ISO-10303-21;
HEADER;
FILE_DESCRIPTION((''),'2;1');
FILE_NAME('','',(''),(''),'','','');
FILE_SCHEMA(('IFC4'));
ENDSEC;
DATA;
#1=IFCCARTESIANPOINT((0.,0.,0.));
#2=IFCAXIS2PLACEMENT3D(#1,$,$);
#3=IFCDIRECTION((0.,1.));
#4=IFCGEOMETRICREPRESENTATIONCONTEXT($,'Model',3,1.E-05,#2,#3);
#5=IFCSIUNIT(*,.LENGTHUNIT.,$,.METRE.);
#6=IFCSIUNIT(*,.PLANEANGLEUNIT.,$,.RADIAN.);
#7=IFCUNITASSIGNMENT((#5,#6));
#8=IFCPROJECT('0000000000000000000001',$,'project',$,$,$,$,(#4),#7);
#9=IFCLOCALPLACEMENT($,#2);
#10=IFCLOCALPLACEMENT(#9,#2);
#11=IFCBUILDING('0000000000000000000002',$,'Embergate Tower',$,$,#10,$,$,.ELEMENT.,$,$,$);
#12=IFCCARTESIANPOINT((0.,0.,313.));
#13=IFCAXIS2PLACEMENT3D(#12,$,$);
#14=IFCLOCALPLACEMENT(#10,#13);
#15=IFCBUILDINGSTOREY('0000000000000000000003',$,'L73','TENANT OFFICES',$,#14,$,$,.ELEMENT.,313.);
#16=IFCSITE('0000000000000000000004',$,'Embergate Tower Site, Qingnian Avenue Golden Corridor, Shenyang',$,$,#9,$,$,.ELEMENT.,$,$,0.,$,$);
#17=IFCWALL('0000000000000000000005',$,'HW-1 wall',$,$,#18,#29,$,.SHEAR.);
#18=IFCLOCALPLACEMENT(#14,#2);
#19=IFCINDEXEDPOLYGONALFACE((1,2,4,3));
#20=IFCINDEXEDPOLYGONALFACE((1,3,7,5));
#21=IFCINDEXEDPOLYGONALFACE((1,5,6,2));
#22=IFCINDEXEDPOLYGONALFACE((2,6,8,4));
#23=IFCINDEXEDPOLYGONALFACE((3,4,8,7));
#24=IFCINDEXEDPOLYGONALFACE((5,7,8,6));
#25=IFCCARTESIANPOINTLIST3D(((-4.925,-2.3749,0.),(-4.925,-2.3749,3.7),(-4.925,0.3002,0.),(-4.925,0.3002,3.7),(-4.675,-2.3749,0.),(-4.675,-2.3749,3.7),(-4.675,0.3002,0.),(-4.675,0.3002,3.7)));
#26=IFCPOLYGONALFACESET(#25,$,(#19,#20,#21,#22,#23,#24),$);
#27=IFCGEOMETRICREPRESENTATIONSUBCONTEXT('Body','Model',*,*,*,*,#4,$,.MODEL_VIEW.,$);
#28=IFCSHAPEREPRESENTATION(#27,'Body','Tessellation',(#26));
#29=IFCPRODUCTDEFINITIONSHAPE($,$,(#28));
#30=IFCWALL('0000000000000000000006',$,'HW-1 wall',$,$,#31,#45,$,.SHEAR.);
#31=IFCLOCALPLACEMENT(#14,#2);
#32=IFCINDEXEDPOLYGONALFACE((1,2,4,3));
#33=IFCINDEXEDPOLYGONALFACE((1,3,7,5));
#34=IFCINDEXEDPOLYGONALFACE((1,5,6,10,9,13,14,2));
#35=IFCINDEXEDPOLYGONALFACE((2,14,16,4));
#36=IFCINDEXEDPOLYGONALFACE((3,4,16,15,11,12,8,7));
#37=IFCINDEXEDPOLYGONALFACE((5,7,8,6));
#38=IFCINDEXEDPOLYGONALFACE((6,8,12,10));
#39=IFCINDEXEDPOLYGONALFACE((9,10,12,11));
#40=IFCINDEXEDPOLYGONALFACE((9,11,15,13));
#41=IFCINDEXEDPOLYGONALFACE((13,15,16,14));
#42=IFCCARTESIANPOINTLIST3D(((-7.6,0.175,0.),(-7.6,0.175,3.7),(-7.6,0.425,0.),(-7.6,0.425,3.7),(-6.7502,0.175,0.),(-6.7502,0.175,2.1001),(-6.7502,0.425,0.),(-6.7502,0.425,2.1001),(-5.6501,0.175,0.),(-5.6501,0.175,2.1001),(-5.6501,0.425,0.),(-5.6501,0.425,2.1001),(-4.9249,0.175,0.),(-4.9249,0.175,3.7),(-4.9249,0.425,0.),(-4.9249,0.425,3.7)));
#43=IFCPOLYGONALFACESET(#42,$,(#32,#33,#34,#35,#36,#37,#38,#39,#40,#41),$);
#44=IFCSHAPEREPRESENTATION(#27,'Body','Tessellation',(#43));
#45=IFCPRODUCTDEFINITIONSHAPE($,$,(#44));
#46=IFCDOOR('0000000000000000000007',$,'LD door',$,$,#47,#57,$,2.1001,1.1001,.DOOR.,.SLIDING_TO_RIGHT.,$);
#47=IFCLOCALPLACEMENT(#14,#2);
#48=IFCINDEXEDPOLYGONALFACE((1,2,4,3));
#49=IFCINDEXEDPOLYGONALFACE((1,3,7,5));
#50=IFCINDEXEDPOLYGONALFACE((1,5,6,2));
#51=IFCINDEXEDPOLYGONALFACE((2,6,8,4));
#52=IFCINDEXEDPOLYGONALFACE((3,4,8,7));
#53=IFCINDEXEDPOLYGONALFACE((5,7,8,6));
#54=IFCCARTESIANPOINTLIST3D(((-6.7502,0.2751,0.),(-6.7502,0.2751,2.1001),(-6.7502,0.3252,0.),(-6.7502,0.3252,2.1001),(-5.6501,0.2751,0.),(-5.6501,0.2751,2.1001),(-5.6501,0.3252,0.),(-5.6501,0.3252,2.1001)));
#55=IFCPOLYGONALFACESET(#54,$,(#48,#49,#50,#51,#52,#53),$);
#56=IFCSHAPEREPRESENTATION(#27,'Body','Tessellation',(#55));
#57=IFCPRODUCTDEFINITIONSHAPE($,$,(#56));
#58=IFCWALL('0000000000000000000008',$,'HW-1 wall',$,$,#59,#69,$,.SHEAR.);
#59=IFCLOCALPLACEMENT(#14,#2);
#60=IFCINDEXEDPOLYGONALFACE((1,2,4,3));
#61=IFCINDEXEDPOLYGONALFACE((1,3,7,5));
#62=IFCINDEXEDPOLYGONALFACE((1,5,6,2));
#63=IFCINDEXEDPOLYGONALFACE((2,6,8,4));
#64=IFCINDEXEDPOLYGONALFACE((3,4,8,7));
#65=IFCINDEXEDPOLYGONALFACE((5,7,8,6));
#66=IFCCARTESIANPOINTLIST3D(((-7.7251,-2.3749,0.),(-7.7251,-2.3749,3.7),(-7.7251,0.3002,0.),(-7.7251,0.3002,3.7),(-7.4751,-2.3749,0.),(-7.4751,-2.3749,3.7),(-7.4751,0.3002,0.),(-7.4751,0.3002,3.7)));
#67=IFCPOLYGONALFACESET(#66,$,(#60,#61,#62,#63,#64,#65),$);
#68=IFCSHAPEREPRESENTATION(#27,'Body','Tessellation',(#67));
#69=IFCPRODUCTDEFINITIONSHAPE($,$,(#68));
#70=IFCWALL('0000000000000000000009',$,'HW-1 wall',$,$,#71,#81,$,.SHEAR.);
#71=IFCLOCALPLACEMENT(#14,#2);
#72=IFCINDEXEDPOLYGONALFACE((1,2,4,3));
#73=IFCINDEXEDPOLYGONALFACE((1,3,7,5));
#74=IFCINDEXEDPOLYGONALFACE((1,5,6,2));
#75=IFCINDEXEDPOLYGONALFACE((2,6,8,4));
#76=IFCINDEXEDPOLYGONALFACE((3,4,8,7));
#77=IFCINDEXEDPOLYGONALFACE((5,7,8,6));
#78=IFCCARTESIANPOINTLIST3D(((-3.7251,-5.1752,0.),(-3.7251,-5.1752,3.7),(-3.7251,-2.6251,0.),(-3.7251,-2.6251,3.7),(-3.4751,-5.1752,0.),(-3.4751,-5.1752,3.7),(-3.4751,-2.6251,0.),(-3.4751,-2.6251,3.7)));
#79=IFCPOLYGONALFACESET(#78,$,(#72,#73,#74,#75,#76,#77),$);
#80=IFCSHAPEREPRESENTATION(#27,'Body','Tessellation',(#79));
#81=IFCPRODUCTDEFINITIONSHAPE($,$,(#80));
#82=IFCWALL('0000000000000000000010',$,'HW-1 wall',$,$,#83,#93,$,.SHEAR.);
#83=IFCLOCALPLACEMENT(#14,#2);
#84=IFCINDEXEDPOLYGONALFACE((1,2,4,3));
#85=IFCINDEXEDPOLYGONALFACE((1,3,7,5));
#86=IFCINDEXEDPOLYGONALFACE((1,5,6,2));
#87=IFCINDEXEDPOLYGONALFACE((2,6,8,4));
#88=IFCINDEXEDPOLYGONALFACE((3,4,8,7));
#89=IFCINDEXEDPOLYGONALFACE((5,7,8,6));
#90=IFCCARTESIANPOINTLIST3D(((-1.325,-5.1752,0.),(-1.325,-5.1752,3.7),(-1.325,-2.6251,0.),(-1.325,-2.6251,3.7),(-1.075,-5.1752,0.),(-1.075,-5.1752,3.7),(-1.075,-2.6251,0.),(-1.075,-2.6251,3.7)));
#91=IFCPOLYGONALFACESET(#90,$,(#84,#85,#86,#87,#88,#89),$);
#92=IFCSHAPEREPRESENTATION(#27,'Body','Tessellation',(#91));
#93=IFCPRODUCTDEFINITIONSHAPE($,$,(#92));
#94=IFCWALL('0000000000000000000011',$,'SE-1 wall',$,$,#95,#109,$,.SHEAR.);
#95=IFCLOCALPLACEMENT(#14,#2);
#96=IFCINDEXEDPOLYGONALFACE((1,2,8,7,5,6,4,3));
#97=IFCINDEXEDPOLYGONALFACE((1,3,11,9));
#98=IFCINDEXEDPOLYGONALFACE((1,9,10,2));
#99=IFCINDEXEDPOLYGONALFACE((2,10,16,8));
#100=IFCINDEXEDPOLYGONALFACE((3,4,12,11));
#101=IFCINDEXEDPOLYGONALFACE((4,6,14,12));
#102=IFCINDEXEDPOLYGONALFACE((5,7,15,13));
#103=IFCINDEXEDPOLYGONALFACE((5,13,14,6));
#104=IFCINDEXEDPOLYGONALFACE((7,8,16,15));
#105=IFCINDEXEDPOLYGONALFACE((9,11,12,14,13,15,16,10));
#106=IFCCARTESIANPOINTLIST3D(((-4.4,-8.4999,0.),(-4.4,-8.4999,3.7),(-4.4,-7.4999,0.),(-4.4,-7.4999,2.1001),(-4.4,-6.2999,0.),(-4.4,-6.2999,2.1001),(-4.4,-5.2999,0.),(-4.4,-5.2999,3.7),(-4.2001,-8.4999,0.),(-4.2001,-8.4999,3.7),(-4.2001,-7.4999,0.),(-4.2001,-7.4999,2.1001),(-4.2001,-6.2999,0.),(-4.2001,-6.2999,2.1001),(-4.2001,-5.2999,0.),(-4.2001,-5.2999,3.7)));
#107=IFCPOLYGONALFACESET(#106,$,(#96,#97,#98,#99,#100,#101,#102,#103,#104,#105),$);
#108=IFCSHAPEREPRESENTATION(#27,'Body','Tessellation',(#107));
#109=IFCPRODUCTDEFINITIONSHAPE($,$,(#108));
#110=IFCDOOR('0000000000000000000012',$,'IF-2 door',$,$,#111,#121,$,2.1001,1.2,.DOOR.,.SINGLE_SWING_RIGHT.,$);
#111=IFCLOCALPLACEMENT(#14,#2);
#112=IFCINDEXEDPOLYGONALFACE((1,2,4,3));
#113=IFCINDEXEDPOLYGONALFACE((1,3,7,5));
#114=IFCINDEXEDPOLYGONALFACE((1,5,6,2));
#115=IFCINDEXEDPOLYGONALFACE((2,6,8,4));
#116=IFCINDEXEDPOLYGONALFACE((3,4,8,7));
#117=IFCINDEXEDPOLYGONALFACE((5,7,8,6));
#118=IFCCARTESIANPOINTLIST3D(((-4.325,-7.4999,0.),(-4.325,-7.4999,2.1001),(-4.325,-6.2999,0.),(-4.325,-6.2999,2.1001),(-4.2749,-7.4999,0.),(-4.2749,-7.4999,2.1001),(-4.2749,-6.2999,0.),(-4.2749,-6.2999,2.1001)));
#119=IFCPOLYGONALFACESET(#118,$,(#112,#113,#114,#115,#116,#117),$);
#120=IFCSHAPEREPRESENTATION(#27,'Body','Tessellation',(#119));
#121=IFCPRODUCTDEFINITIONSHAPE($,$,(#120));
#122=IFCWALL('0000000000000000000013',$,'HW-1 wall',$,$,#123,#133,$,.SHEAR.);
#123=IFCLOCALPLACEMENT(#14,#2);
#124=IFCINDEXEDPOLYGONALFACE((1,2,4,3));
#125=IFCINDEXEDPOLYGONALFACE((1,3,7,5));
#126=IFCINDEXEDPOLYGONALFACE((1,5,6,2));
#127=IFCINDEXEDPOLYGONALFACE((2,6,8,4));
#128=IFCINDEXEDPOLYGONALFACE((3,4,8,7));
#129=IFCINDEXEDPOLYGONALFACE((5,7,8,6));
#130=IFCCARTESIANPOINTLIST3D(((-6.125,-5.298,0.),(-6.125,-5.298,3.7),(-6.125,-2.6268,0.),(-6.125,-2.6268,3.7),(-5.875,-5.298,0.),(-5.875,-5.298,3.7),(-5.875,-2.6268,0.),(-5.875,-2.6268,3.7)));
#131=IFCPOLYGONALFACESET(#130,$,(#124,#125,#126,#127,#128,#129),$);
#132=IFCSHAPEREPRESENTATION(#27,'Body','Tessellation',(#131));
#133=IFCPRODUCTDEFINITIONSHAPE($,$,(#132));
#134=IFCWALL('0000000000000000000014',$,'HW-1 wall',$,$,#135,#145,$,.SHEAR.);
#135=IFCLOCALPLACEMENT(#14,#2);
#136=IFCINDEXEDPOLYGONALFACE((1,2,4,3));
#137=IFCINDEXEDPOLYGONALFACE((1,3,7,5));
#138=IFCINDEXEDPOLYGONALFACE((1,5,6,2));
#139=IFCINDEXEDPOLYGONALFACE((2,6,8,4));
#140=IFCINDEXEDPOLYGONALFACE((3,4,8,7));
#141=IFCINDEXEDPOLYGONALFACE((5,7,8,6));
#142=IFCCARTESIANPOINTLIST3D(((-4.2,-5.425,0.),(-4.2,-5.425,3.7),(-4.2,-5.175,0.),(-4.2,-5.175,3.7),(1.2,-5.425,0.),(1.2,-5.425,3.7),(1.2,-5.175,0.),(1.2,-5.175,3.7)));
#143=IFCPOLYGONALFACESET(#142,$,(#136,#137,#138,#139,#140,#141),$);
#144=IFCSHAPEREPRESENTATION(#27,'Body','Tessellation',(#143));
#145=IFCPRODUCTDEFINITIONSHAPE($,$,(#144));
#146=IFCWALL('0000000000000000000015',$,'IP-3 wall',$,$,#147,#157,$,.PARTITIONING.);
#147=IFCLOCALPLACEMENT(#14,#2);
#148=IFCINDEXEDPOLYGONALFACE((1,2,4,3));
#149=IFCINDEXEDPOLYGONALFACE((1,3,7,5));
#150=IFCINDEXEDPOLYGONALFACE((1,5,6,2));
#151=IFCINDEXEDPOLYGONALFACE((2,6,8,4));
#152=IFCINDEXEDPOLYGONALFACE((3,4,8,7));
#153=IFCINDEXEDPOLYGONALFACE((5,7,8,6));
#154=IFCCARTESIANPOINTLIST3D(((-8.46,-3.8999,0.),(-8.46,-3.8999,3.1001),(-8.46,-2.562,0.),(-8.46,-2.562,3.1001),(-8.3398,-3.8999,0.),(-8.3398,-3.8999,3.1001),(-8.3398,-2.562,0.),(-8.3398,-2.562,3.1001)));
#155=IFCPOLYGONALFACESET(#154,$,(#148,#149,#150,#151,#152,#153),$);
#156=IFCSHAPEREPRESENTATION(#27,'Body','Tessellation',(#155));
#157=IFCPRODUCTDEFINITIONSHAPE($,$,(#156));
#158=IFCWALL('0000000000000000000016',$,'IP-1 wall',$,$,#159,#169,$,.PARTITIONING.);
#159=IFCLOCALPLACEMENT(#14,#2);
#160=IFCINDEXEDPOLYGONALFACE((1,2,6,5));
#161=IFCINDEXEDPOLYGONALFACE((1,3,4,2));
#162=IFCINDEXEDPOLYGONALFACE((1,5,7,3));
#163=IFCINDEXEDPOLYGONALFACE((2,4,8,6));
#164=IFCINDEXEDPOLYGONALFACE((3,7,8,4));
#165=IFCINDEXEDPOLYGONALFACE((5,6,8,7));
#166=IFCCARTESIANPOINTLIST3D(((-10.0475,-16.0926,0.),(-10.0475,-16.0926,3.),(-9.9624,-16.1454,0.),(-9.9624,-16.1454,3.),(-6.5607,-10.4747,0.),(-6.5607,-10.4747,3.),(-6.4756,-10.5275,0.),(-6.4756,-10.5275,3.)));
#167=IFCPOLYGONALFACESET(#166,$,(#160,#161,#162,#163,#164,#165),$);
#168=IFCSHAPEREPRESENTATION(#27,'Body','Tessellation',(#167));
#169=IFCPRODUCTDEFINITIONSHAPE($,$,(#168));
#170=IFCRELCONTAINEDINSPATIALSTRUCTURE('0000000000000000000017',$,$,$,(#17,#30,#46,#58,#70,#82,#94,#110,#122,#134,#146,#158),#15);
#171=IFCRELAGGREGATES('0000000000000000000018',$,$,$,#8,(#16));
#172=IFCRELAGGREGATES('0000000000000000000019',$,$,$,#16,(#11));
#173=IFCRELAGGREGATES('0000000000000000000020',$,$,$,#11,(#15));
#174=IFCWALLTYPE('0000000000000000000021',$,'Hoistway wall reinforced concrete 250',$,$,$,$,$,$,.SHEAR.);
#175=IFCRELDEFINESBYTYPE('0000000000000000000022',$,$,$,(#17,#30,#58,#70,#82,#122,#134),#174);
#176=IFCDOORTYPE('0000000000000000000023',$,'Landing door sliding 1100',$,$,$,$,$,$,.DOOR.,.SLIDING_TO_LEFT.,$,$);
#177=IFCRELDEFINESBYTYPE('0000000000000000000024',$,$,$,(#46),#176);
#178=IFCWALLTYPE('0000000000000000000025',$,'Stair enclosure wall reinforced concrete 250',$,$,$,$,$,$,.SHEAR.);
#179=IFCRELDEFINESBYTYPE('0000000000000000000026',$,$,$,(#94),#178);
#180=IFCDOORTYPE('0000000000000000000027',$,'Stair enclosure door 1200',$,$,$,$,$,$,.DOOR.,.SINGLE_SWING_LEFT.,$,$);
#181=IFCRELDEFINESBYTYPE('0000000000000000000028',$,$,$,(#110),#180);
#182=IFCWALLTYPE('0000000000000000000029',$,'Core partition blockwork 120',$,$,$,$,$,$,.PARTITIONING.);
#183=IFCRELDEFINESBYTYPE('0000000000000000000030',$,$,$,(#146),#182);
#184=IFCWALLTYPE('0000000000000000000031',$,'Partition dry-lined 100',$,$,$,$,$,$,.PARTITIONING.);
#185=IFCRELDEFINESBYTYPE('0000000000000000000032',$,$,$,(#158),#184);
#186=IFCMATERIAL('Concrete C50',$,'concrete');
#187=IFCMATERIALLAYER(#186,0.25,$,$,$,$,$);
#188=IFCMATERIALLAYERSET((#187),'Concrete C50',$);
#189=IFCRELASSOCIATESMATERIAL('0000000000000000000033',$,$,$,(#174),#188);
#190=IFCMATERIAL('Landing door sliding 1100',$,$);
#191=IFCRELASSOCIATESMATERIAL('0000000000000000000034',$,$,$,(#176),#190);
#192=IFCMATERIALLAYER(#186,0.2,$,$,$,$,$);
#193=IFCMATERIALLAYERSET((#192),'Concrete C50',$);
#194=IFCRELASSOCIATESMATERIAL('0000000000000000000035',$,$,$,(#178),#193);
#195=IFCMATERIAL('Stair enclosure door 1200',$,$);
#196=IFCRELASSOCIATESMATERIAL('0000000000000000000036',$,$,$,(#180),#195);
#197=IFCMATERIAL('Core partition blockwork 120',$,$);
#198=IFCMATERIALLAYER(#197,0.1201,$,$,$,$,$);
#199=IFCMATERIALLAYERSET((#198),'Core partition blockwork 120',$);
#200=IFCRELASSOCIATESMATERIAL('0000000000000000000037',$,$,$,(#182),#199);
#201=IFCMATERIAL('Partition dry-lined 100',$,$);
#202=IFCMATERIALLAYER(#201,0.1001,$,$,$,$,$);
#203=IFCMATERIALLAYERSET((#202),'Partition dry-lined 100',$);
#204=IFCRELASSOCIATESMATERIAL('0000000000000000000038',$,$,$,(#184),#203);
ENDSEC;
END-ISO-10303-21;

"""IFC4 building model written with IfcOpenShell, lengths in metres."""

from ifc_helpers import new_model, si_unit, direction, frame, frame_2d, origin, place, context, subcontext, project, spatial, rectangle, extrude, source, transform, mapped, material, layer, layer_set, type_object, element, fill, save


model = new_model("IFC4")

# Units and contexts
model_context = context("Model", 3, precision=1e-05, world=origin(), true_north=direction((0.0, 1.0)))
body_context = subcontext(model_context, "Body", "Model", "MODEL_VIEW")
ifc_project = project(units=[si_unit("LENGTHUNIT", "METRE"), si_unit("PLANEANGLEUNIT", "RADIAN")], contexts=[model_context])

# Site, building, storey
site_placement = place(None, origin())
site = spatial("IfcSite", under=ifc_project, at=site_placement, Name="Embergate Tower Site, Qingnian Avenue Golden Corridor, Shenyang", CompositionType="ELEMENT", RefElevation=0.0)
building_placement = place(site_placement, origin())
building = spatial("IfcBuilding", under=site, at=building_placement, Name="Embergate Tower", CompositionType="ELEMENT")
storey_placement = place(building_placement, frame((0.0, 0.0, 313.0)))
storey = spatial("IfcBuildingStorey", under=building, at=storey_placement, Name="L73", Description="TENANT OFFICES", CompositionType="ELEMENT", Elevation=313.0)

# Wall
ifc_material_1 = material(Name="Concrete C50", Category="concrete")
ifc_layer_1 = layer(ifc_material_1, 0.25)
ifc_layer_set_1 = layer_set([ifc_layer_1], Name="Concrete C50")
wall_type_1 = type_object("IfcWallType", Name="Hoistway wall reinforced concrete 250", PredefinedType="SHEAR", material=ifc_layer_set_1)
shared_shape_1 = source(origin(), body_context, "Body", "SweptSolid", [
    extrude(rectangle(XDim=2.675, YDim=0.25, at=frame_2d((1.3374, 0.0))), origin(), (0.0, 0.0, 1.0), 3.7),
])
wall_1_placement = place(storey_placement, frame((-4.8, 0.3, 0.0), z_axis=(0.0, 0.0, 1.0), x_axis=(0.0, -1.0, 0.0)))
element("IfcWall", 1, at=wall_1_placement, inside=storey, type_object=wall_type_1, Name="HW-1 wall", PredefinedType="SHEAR", context=body_context, shape_type="MappedRepresentation", body=[
    mapped(shared_shape_1, transform((0.0, 0.0, 0.0))),
])

# Wall, opening, door
wall_2_placement = place(storey_placement, frame((-4.925, 0.3, 0.0), z_axis=(0.0, 0.0, 1.0), x_axis=(-1.0, 0.0, 0.0)))
wall_2 = element("IfcWall", 2, at=wall_2_placement, inside=storey, type_object=wall_type_1, Name="HW-1 wall", PredefinedType="SHEAR", context=body_context, shape_type="MappedRepresentation", body=[
    mapped(shared_shape_1, transform((0.0, 0.0, 0.0))),
])
shared_shape_2 = source(origin(), body_context, "Body", "SweptSolid", [
    extrude(rectangle(XDim=1.1001, YDim=2.1001, at=frame_2d((0.55, 1.05))), frame((0.0, 0.135, 0.0), z_axis=(0.0, -1.0, 0.0), x_axis=(1.0, 0.0, 0.0)), (0.0, 0.0, 1.0), 0.27),
])
opening_1_placement = place(wall_2_placement, frame((0.7251, 0.0, 0.0)))
opening_1 = element("IfcOpeningElement", 3, at=opening_1_placement, cuts=wall_2, PredefinedType="OPENING", context=body_context, shape_type="MappedRepresentation", body=[
    mapped(shared_shape_2, transform((0.0, 0.0, 0.0))),
])
ifc_material_2 = material(Name="Landing door sliding 1100")
door_type_1 = type_object("IfcDoorType", Name="Landing door sliding 1100", OperationType="SLIDING_TO_LEFT", PredefinedType="DOOR", material=ifc_material_2)
shared_shape_3 = source(origin(), body_context, "Body", "SweptSolid", [
    extrude(rectangle(XDim=1.1001, YDim=2.1001, at=frame_2d((0.55, 1.05))), frame((0.0, 0.0249, 0.0), z_axis=(0.0, -1.0, 0.0), x_axis=(1.0, 0.0, 0.0)), (0.0, 0.0, 1.0), 0.05),
])
door_1_placement = place(opening_1_placement, origin())
door_1 = element("IfcDoor", 4, at=door_1_placement, inside=storey, type_object=door_type_1, Name="LD door", OperationType="SLIDING_TO_RIGHT", OverallHeight=2.1001, OverallWidth=1.1001, PredefinedType="DOOR", context=body_context, shape_type="MappedRepresentation", body=[
    mapped(shared_shape_3, transform((0.0, 0.0, 0.0))),
])
fill(opening_1, door_1)

# Walls
wall_3_placement = place(storey_placement, frame((-7.6001, 0.3, 0.0), z_axis=(0.0, 0.0, 1.0), x_axis=(0.0, -1.0, 0.0)))
element("IfcWall", 5, at=wall_3_placement, inside=storey, type_object=wall_type_1, Name="HW-1 wall", PredefinedType="SHEAR", context=body_context, shape_type="MappedRepresentation", body=[
    mapped(shared_shape_1, transform((0.0, 0.0, 0.0))),
])
shared_shape_4 = source(origin(), body_context, "Body", "SweptSolid", [
    extrude(rectangle(XDim=2.55, YDim=0.25, at=frame_2d((1.2749, 0.0))), origin(), (0.0, 0.0, 1.0), 3.7),
])
for number, where, z_axis, x_axis, name in (
    (6, (-3.6001, -5.175, 0.0), (0.0, 0.0, 1.0), (0.0, 1.0, 0.0), "HW-1 wall"),
    (7, (-1.2, -5.175, 0.0), (0.0, 0.0, 1.0), (0.0, 1.0, 0.0), "HW-1 wall"),
):
    element("IfcWall", number, at=place(storey_placement, frame(where, z_axis=z_axis, x_axis=x_axis)), inside=storey, type_object=wall_type_1, Name=name, PredefinedType="SHEAR", context=body_context, shape_type="MappedRepresentation", body=[
        mapped(shared_shape_4, transform((0.0, 0.0, 0.0))),
    ])

# Wall, opening, door
ifc_layer_2 = layer(ifc_material_1, 0.2)
ifc_layer_set_2 = layer_set([ifc_layer_2], Name="Concrete C50")
wall_type_2 = type_object("IfcWallType", Name="Stair enclosure wall reinforced concrete 250", PredefinedType="SHEAR", material=ifc_layer_set_2)
shared_shape_5 = source(origin(), body_context, "Body", "SweptSolid", [
    extrude(rectangle(XDim=3.2, YDim=0.2, at=frame_2d((1.6001, 0.0))), origin(), (0.0, 0.0, 1.0), 3.7),
])
wall_4_placement = place(storey_placement, frame((-4.3, -8.5, 0.0), z_axis=(0.0, 0.0, 1.0), x_axis=(0.0, 1.0, 0.0)))
wall_4 = element("IfcWall", 8, at=wall_4_placement, inside=storey, type_object=wall_type_2, Name="SE-1 wall", PredefinedType="SHEAR", context=body_context, shape_type="MappedRepresentation", body=[
    mapped(shared_shape_5, transform((0.0, 0.0, 0.0))),
])
shared_shape_6 = source(origin(), body_context, "Body", "SweptSolid", [
    extrude(rectangle(XDim=1.2, YDim=2.1001, at=frame_2d((0.6001, 1.05))), frame((0.0, 0.1099, 0.0), z_axis=(0.0, -1.0, 0.0), x_axis=(1.0, 0.0, 0.0)), (0.0, 0.0, 1.0), 0.22),
])
opening_2_placement = place(wall_4_placement, frame((1.0, 0.0, 0.0)))
opening_2 = element("IfcOpeningElement", 9, at=opening_2_placement, cuts=wall_4, PredefinedType="OPENING", context=body_context, shape_type="MappedRepresentation", body=[
    mapped(shared_shape_6, transform((0.0, 0.0, 0.0))),
])
ifc_material_3 = material(Name="Stair enclosure door 1200")
door_type_2 = type_object("IfcDoorType", Name="Stair enclosure door 1200", OperationType="SINGLE_SWING_LEFT", PredefinedType="DOOR", material=ifc_material_3)
shared_shape_7 = source(origin(), body_context, "Body", "SweptSolid", [
    extrude(rectangle(XDim=1.2, YDim=2.1001, at=frame_2d((0.6001, 1.05))), frame((0.0, 0.0249, 0.0), z_axis=(0.0, -1.0, 0.0), x_axis=(1.0, 0.0, 0.0)), (0.0, 0.0, 1.0), 0.05),
])
door_2_placement = place(opening_2_placement, origin())
door_2 = element("IfcDoor", 10, at=door_2_placement, inside=storey, type_object=door_type_2, Name="IF-2 door", OperationType="SINGLE_SWING_RIGHT", OverallHeight=2.1001, OverallWidth=1.2, PredefinedType="DOOR", context=body_context, shape_type="MappedRepresentation", body=[
    mapped(shared_shape_7, transform((0.0, 0.0, 0.0))),
])
fill(opening_2, door_2)

# Walls
shared_shape_8 = source(origin(), body_context, "Body", "SweptSolid", [
    extrude(rectangle(XDim=2.6711, YDim=0.25, at=frame_2d((1.3354, 0.0))), origin(), (0.0, 0.0, 1.0), 3.7),
])
wall_5_placement = place(storey_placement, frame((-6.0, -2.627, 0.0), z_axis=(0.0, 0.0, 1.0), x_axis=(0.0, -1.0, 0.0)))
element("IfcWall", 11, at=wall_5_placement, inside=storey, type_object=wall_type_1, Name="HW-1 wall", PredefinedType="SHEAR", context=body_context, shape_type="MappedRepresentation", body=[
    mapped(shared_shape_8, transform((0.0, 0.0, 0.0))),
])
shared_shape_9 = source(origin(), body_context, "Body", "SweptSolid", [
    extrude(rectangle(XDim=5.3999, YDim=0.25, at=frame_2d((2.7, 0.0))), origin(), (0.0, 0.0, 1.0), 3.7),
])
wall_6_placement = place(storey_placement, frame((-4.2, -5.3, 0.0), z_axis=(0.0, 0.0, 1.0), x_axis=(1.0, 0.0, 0.0)))
element("IfcWall", 12, at=wall_6_placement, inside=storey, type_object=wall_type_1, Name="HW-1 wall", PredefinedType="SHEAR", context=body_context, shape_type="MappedRepresentation", body=[
    mapped(shared_shape_9, transform((0.0, 0.0, 0.0))),
])
ifc_material_4 = material(Name="Core partition blockwork 120")
ifc_layer_3 = layer(ifc_material_4, 0.1201)
ifc_layer_set_3 = layer_set([ifc_layer_3], Name="Core partition blockwork 120")
wall_type_3 = type_object("IfcWallType", Name="Core partition blockwork 120", PredefinedType="PARTITIONING", material=ifc_layer_set_3)
shared_shape_10 = source(origin(), body_context, "Body", "SweptSolid", [
    extrude(rectangle(XDim=1.3379, YDim=0.1201, at=frame_2d((0.6689, 0.0))), origin(), (0.0, 0.0, 1.0), 3.1001),
])
wall_7_placement = place(storey_placement, frame((-8.3999, -3.8999, 0.0), z_axis=(0.0, 0.0, 1.0), x_axis=(0.0, 1.0, 0.0)))
element("IfcWall", 13, at=wall_7_placement, inside=storey, type_object=wall_type_3, Name="IP-3 wall", PredefinedType="PARTITIONING", context=body_context, shape_type="MappedRepresentation", body=[
    mapped(shared_shape_10, transform((0.0, 0.0, 0.0))),
])
ifc_material_5 = material(Name="Partition dry-lined 100")
ifc_layer_4 = layer(ifc_material_5, 0.1001)
ifc_layer_set_4 = layer_set([ifc_layer_4], Name="Partition dry-lined 100")
wall_type_4 = type_object("IfcWallType", Name="Partition dry-lined 100", PredefinedType="PARTITIONING", material=ifc_layer_set_4)
shared_shape_11 = source(origin(), body_context, "Body", "SweptSolid", [
    extrude(rectangle(XDim=6.6121, YDim=0.1001, at=frame_2d((3.3062, 0.0))), origin(), (0.0, 0.0, 1.0), 3.0),
])
wall_8_placement = place(storey_placement, frame((-6.5181, -10.501, 0.0), z_axis=(0.0, 0.0, 1.0), x_axis=(-0.527344, -0.849652, 0.0)))
element("IfcWall", 14, at=wall_8_placement, inside=storey, type_object=wall_type_4, Name="IP-1 wall", PredefinedType="PARTITIONING", context=body_context, shape_type="MappedRepresentation", body=[
    mapped(shared_shape_11, transform((0.0, 0.0, 0.0))),
])

save(model, "model.ifc")
